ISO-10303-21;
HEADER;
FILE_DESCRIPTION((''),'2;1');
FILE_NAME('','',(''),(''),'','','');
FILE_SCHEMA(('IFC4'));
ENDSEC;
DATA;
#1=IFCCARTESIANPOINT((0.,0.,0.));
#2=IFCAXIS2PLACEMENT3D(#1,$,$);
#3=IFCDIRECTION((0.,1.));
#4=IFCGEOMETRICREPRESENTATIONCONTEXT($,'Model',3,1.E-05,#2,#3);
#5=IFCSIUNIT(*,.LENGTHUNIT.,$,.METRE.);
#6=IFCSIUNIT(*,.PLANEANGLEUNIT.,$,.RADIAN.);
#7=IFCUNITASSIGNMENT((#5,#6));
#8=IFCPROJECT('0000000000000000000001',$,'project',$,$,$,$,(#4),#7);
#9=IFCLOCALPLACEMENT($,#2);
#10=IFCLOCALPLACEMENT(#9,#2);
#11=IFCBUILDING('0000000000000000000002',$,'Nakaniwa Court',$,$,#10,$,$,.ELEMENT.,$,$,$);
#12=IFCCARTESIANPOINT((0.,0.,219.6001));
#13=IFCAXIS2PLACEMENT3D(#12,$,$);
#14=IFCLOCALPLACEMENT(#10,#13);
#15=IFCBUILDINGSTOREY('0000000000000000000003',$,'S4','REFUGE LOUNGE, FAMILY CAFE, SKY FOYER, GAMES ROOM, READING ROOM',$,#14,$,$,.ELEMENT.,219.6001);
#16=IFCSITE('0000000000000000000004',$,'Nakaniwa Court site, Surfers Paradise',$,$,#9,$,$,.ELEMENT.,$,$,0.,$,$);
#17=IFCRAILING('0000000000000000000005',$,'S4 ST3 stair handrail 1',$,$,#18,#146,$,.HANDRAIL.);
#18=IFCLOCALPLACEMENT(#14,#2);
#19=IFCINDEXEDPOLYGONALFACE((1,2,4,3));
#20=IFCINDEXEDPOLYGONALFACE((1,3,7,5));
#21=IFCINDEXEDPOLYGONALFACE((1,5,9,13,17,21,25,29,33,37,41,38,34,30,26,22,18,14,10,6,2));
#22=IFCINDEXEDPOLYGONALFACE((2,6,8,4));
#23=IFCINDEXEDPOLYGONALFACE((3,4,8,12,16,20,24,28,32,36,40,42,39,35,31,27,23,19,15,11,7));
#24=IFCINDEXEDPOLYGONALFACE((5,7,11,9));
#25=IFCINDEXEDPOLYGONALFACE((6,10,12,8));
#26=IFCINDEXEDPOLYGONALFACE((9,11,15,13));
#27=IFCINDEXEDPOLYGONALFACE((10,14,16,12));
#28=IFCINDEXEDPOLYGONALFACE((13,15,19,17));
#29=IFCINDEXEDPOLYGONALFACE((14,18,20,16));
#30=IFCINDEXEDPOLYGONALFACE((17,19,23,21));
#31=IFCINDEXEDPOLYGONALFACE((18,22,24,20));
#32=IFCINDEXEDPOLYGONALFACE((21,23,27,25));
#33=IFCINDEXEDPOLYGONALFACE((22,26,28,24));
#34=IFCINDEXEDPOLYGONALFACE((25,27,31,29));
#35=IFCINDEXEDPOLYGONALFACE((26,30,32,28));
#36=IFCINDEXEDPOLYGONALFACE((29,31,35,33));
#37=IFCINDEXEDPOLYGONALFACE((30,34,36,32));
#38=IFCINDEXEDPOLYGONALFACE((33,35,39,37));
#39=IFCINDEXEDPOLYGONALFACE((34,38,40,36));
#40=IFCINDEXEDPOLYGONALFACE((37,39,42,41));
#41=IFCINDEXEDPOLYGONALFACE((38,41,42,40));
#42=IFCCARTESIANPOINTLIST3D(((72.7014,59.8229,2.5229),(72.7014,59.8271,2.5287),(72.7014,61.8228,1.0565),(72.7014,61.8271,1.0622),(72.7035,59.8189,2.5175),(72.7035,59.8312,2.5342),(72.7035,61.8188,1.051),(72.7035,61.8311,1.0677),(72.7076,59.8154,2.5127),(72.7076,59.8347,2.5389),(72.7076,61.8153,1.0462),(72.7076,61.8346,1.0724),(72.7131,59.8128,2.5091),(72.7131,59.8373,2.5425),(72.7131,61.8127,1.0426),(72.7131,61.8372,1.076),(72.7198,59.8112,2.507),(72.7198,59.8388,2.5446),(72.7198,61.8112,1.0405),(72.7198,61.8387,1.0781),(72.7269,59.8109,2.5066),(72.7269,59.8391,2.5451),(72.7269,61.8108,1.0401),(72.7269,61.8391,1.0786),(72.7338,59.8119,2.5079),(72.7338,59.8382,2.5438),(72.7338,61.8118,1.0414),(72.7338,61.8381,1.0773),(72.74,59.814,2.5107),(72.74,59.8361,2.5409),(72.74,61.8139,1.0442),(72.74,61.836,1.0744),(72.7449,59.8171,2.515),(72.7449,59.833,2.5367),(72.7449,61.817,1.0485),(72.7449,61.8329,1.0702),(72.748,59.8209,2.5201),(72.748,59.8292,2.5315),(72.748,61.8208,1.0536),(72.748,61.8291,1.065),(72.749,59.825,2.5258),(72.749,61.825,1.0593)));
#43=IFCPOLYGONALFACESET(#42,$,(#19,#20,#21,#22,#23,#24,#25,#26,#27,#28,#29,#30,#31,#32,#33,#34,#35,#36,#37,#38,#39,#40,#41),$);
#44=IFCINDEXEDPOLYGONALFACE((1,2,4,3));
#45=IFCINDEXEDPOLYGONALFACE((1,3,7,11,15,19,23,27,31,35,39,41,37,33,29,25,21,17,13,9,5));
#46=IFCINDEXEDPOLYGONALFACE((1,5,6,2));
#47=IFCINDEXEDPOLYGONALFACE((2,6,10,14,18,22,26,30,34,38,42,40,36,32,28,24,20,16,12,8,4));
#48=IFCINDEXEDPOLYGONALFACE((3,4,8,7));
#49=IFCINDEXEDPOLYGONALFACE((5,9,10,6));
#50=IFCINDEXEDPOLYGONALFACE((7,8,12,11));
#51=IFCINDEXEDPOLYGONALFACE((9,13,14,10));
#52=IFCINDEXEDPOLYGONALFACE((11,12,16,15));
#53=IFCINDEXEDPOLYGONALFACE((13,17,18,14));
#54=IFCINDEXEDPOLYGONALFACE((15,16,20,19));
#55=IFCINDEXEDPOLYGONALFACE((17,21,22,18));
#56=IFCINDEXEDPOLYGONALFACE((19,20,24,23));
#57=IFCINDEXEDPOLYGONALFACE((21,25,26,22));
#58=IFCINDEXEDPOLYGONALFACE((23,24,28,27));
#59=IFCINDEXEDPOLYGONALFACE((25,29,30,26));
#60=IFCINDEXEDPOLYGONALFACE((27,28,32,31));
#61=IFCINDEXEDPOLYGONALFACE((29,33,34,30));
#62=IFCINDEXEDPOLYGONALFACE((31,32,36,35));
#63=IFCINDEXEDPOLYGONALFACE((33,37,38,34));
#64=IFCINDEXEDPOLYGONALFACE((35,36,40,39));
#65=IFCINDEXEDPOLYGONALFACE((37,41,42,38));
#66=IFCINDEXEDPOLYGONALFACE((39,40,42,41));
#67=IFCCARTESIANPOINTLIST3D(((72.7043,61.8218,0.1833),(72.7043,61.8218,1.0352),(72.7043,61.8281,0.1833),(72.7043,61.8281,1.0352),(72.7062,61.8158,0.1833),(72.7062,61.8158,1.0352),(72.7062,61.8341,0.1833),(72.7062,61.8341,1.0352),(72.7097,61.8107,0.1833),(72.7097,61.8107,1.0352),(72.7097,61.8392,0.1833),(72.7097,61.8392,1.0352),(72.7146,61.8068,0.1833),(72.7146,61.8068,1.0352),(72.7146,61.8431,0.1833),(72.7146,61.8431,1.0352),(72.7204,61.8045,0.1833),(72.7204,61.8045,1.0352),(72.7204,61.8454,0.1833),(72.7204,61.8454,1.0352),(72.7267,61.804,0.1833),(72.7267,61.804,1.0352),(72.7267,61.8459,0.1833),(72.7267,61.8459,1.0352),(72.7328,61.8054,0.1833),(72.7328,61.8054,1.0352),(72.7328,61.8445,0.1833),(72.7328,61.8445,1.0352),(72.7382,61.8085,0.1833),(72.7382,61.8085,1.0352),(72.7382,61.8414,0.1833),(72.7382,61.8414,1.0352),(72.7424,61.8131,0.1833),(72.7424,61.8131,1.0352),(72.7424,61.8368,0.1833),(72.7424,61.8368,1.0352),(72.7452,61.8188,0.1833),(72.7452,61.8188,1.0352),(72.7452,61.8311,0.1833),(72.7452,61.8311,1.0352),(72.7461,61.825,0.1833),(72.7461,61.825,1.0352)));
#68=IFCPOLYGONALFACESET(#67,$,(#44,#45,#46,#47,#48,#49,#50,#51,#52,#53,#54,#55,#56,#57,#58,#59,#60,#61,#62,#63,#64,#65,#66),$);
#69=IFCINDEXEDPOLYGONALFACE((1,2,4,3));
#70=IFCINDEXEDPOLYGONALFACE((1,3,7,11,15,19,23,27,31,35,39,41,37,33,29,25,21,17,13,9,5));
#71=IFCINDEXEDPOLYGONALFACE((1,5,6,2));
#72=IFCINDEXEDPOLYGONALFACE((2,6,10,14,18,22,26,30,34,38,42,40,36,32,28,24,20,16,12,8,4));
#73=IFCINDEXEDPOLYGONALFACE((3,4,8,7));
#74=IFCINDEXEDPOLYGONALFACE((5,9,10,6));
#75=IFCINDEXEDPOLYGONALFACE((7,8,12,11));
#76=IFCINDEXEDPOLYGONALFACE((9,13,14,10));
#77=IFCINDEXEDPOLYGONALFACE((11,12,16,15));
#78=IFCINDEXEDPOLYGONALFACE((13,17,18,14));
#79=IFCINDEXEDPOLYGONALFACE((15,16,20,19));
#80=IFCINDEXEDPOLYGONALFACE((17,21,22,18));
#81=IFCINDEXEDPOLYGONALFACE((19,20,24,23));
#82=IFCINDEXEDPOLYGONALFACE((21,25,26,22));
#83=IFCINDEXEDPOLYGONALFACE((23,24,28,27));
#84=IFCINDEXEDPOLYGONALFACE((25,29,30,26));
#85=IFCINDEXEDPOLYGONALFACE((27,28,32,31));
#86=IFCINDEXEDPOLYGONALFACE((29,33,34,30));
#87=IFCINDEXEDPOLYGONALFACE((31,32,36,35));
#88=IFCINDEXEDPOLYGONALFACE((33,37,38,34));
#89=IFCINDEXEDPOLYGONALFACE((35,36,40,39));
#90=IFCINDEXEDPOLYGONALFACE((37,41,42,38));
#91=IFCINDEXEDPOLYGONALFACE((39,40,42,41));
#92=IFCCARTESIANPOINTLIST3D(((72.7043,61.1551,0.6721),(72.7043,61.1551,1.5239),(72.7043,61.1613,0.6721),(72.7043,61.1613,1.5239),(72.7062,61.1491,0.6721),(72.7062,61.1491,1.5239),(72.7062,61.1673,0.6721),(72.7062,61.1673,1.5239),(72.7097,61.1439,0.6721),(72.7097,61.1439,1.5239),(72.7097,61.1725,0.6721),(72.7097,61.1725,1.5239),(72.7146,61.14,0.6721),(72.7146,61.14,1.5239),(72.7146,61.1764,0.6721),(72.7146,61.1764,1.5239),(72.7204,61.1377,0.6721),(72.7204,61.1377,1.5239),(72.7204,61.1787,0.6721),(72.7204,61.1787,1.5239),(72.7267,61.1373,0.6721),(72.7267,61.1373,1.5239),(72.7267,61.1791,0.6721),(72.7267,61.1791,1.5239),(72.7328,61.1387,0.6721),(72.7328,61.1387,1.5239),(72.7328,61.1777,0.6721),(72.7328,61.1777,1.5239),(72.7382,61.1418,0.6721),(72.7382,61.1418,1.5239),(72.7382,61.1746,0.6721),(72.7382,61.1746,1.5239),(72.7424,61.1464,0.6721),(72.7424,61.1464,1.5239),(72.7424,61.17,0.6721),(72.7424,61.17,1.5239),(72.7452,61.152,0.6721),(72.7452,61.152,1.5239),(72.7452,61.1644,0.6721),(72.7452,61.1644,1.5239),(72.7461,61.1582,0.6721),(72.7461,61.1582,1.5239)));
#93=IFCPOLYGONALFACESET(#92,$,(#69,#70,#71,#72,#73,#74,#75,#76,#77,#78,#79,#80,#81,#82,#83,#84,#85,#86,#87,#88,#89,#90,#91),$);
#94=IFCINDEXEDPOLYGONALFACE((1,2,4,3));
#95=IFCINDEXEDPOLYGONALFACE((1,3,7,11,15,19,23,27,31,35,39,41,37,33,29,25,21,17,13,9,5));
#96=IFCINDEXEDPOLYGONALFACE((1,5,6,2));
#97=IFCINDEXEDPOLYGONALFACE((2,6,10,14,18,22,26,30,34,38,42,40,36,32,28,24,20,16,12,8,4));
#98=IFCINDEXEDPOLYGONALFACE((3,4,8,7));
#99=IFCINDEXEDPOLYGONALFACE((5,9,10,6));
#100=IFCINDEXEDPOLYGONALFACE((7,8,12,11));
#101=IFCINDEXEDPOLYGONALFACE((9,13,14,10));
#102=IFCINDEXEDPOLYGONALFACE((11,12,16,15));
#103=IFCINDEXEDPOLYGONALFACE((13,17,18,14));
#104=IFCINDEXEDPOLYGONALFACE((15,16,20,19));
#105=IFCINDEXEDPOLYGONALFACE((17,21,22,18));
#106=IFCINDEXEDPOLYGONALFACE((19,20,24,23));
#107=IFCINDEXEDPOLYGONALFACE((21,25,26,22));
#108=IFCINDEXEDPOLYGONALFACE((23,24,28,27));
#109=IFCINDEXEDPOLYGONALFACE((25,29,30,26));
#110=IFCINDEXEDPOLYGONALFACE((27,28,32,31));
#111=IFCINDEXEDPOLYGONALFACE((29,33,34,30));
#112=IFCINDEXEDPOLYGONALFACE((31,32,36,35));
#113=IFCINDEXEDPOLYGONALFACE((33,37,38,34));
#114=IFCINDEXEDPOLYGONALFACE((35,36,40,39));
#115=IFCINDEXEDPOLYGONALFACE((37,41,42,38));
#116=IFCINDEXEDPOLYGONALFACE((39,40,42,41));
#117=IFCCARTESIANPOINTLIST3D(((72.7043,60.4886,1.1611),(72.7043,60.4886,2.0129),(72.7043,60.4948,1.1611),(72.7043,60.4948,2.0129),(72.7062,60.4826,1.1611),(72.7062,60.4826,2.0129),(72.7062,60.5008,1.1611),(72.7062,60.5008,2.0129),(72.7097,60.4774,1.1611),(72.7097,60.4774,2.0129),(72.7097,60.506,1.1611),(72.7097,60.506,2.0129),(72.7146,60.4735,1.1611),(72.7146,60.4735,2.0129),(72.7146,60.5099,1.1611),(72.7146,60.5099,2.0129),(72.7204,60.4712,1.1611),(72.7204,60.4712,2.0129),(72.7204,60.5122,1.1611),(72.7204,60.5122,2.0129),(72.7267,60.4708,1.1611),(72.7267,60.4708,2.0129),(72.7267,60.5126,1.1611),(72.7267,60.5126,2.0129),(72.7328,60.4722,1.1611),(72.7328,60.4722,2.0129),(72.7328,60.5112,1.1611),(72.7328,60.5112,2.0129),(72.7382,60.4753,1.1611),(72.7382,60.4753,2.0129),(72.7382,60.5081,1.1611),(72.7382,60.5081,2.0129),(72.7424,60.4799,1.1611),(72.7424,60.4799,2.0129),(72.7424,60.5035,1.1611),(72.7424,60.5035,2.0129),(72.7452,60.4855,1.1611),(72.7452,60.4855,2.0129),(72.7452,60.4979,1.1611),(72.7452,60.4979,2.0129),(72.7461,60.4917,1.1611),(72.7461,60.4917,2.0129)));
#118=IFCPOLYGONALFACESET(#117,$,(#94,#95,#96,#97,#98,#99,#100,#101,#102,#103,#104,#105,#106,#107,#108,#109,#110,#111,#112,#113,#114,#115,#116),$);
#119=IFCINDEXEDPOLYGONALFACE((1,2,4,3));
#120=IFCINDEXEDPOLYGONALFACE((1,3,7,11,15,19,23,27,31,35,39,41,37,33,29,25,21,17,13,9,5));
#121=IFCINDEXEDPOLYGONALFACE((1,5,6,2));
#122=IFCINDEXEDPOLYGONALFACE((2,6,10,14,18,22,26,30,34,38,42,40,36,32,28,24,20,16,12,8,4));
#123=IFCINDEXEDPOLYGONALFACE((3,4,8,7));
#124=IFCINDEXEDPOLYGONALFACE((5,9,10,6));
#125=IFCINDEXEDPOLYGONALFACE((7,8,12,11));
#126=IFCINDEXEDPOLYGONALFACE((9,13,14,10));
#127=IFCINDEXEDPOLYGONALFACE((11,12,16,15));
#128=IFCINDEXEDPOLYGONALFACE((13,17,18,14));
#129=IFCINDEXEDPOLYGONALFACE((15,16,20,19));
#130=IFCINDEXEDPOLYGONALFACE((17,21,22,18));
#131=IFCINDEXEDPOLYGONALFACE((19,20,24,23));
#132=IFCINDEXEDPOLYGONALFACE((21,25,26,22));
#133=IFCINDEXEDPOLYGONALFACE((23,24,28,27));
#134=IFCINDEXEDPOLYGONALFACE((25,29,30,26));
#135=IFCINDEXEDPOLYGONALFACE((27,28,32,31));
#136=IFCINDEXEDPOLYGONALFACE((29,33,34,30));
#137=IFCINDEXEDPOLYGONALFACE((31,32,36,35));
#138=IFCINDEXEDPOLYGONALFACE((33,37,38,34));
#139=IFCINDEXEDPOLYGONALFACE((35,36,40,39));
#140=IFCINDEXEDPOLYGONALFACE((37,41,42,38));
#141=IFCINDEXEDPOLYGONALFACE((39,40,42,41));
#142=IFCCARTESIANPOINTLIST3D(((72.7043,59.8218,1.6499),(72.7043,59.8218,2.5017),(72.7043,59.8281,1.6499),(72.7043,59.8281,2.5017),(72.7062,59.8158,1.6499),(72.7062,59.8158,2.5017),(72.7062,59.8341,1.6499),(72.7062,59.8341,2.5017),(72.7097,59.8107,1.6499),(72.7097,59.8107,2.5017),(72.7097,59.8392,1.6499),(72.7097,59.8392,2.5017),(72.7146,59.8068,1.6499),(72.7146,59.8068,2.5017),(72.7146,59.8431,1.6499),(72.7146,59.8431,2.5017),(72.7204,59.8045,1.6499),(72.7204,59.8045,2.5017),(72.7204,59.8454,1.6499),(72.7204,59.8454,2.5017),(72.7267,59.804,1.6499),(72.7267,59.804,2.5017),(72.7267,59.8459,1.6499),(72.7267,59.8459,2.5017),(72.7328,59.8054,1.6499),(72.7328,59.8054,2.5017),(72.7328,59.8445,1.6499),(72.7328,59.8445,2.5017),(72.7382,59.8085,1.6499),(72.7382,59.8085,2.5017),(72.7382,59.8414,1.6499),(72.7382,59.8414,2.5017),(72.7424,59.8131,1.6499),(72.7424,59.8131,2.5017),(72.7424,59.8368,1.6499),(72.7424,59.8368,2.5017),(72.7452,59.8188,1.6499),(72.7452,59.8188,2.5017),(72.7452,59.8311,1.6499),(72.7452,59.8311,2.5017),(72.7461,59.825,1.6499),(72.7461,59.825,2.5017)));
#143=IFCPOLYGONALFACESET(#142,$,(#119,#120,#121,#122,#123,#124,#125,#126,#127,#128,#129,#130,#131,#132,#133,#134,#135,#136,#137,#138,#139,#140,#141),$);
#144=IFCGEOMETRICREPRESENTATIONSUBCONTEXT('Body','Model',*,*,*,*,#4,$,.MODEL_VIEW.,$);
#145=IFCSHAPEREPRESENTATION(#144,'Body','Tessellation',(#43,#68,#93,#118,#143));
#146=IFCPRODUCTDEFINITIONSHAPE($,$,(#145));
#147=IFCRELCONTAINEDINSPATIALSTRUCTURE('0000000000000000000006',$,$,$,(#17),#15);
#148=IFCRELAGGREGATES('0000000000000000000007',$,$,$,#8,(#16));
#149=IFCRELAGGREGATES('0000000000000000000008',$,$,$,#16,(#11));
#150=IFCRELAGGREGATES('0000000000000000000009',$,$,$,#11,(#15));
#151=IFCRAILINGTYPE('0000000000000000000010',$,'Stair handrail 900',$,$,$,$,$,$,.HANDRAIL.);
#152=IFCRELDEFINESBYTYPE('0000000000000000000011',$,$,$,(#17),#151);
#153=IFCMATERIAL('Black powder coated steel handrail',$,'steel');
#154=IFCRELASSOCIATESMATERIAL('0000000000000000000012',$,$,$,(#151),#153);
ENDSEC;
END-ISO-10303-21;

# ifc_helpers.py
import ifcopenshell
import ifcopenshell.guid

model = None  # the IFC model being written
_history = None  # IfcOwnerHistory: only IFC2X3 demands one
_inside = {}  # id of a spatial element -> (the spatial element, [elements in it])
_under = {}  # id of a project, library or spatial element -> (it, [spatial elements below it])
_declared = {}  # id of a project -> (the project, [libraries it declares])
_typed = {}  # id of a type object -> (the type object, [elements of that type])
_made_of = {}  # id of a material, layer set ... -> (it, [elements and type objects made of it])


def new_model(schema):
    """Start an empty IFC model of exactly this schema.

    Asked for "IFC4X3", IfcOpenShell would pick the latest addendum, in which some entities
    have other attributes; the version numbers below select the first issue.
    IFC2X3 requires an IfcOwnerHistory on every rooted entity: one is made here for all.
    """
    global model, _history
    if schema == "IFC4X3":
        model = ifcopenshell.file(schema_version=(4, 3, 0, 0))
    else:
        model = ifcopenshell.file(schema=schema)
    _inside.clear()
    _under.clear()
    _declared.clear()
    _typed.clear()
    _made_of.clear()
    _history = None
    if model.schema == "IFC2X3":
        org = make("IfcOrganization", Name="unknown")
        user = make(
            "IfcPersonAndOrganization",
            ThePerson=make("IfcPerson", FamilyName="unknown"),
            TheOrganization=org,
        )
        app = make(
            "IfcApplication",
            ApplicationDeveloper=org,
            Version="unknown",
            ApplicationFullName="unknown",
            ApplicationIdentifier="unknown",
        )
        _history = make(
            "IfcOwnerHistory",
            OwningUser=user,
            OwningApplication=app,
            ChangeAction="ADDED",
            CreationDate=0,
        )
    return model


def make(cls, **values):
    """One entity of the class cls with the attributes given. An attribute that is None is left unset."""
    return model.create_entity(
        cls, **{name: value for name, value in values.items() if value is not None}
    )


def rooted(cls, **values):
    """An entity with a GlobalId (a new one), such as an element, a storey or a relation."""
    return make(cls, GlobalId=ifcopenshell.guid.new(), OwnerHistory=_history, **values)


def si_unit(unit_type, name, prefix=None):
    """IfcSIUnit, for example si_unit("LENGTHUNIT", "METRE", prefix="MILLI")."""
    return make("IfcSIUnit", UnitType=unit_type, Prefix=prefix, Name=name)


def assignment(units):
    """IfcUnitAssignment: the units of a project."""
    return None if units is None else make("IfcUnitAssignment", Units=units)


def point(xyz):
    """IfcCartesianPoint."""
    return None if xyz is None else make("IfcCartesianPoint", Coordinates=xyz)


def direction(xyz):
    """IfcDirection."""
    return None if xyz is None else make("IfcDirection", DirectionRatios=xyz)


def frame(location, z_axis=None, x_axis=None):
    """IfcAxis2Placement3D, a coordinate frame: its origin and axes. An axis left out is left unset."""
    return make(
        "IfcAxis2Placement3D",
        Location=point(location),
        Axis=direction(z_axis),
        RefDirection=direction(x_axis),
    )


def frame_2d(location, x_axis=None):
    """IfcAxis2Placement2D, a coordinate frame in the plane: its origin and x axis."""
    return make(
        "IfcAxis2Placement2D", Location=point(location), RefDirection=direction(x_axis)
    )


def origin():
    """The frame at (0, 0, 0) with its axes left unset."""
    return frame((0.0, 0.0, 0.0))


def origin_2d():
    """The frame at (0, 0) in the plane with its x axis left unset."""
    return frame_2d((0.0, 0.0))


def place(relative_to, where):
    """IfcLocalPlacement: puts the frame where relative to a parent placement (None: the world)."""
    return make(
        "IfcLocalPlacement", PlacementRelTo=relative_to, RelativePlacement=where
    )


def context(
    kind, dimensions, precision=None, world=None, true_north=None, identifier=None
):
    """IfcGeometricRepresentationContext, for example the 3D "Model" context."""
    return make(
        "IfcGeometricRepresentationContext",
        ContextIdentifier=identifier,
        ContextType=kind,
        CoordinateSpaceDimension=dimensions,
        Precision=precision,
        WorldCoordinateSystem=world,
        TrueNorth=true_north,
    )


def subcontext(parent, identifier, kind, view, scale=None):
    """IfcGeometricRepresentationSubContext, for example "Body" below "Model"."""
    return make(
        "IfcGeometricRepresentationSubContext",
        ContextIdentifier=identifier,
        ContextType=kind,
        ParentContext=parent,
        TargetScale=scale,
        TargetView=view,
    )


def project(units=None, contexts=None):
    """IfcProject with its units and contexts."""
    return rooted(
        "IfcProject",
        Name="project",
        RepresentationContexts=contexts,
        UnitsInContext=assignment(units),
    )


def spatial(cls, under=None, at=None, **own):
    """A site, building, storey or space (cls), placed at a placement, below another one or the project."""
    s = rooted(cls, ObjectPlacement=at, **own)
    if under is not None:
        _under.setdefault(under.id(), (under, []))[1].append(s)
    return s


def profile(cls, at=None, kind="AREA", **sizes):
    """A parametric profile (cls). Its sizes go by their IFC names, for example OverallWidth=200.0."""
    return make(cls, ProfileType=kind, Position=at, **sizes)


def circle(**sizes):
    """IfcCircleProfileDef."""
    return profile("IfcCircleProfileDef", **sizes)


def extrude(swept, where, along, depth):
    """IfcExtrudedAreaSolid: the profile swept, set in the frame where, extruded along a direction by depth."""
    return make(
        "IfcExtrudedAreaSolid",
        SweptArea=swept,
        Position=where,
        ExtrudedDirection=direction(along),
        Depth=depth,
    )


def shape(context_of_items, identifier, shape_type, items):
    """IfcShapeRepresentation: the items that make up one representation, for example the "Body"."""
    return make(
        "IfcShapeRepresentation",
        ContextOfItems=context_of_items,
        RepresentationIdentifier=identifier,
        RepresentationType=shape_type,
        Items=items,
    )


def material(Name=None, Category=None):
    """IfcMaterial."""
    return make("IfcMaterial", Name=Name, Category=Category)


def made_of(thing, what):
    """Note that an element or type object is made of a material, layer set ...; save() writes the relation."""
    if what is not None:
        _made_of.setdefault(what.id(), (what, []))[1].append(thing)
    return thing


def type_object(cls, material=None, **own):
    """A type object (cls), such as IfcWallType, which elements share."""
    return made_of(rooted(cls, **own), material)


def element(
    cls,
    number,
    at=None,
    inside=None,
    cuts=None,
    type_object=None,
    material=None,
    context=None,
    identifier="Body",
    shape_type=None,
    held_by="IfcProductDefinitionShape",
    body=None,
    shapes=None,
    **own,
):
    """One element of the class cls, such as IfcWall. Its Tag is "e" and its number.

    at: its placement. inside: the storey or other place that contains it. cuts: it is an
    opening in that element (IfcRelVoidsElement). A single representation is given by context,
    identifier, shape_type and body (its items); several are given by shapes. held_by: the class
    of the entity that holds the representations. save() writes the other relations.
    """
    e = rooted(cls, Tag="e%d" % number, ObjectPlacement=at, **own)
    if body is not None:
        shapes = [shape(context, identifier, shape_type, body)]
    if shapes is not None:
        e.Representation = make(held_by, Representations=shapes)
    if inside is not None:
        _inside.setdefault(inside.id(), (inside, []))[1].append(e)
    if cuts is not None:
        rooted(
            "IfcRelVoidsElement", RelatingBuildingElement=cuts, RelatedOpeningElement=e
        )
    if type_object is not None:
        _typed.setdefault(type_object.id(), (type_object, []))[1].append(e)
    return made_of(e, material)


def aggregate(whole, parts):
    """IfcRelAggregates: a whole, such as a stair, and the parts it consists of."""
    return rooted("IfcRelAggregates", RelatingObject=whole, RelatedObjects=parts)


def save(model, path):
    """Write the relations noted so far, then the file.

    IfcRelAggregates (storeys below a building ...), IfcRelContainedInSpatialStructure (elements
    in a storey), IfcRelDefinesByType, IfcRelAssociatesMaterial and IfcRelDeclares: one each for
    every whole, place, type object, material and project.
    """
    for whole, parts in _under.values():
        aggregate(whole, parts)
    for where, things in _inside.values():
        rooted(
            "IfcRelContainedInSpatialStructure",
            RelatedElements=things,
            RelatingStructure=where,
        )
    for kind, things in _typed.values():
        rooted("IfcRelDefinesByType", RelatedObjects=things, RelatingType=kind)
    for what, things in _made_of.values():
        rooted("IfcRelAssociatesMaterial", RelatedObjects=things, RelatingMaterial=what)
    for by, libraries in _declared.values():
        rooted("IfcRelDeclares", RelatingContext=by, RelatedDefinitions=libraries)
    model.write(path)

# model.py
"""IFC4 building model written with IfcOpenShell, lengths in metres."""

from ifc_helpers import new_model, si_unit, direction, frame, origin, origin_2d, place, context, subcontext, project, spatial, circle, extrude, material, type_object, element, save


model = new_model("IFC4")

# Units and contexts
model_context = context("Model", 3, precision=1e-05, world=origin(), true_north=direction((0.0, 1.0)))
body_context = subcontext(model_context, "Body", "Model", "MODEL_VIEW")
ifc_project = project(units=[si_unit("LENGTHUNIT", "METRE"), si_unit("PLANEANGLEUNIT", "RADIAN")], contexts=[model_context])

# Site, building, storey
site_placement = place(None, origin())
site = spatial("IfcSite", under=ifc_project, at=site_placement, Name="Nakaniwa Court site, Surfers Paradise", CompositionType="ELEMENT", RefElevation=0.0)
building_placement = place(site_placement, origin())
building = spatial("IfcBuilding", under=site, at=building_placement, Name="Nakaniwa Court", CompositionType="ELEMENT")
storey_placement = place(building_placement, frame((0.0, 0.0, 219.6001)))
storey = spatial("IfcBuildingStorey", under=building, at=storey_placement, Name="S4", Description="REFUGE LOUNGE, FAMILY CAFE, SKY FOYER, GAMES ROOM, READING ROOM", CompositionType="ELEMENT", Elevation=219.6001)

# Railing
ifc_material_1 = material(Name="Black powder coated steel handrail", Category="steel")
railing_type_1 = type_object("IfcRailingType", Name="Stair handrail 900", PredefinedType="HANDRAIL", material=ifc_material_1)
railing_1_placement = place(storey_placement, frame((72.7251, 61.825, 0.1833)))
element("IfcRailing", 1, at=railing_1_placement, inside=storey, type_object=railing_type_1, Name="S4 ST3 stair handrail 1", PredefinedType="HANDRAIL", context=body_context, shape_type="SweptSolid", body=[
    extrude(circle(Radius=0.0239, at=origin_2d()), frame((0.0, 0.0, 0.876), z_axis=(0.0, -0.806427, 0.591334), x_axis=(1.0, 0.0, 0.0)), (0.0, 0.0, 1.0), 2.48),
    extrude(circle(Radius=0.021, at=origin_2d()), origin(), (0.0, 0.0, 1.0), 0.8518),
    extrude(circle(Radius=0.021, at=origin_2d()), frame((0.0, -0.6667, 0.4888)), (0.0, 0.0, 1.0), 0.8518),
    extrude(circle(Radius=0.021, at=origin_2d()), frame((0.0, -1.3333, 0.9778)), (0.0, 0.0, 1.0), 0.8518),
    extrude(circle(Radius=0.021, at=origin_2d()), frame((0.0, -2.0, 1.4666)), (0.0, 0.0, 1.0), 0.8518),
])

save(model, "model.ifc")
